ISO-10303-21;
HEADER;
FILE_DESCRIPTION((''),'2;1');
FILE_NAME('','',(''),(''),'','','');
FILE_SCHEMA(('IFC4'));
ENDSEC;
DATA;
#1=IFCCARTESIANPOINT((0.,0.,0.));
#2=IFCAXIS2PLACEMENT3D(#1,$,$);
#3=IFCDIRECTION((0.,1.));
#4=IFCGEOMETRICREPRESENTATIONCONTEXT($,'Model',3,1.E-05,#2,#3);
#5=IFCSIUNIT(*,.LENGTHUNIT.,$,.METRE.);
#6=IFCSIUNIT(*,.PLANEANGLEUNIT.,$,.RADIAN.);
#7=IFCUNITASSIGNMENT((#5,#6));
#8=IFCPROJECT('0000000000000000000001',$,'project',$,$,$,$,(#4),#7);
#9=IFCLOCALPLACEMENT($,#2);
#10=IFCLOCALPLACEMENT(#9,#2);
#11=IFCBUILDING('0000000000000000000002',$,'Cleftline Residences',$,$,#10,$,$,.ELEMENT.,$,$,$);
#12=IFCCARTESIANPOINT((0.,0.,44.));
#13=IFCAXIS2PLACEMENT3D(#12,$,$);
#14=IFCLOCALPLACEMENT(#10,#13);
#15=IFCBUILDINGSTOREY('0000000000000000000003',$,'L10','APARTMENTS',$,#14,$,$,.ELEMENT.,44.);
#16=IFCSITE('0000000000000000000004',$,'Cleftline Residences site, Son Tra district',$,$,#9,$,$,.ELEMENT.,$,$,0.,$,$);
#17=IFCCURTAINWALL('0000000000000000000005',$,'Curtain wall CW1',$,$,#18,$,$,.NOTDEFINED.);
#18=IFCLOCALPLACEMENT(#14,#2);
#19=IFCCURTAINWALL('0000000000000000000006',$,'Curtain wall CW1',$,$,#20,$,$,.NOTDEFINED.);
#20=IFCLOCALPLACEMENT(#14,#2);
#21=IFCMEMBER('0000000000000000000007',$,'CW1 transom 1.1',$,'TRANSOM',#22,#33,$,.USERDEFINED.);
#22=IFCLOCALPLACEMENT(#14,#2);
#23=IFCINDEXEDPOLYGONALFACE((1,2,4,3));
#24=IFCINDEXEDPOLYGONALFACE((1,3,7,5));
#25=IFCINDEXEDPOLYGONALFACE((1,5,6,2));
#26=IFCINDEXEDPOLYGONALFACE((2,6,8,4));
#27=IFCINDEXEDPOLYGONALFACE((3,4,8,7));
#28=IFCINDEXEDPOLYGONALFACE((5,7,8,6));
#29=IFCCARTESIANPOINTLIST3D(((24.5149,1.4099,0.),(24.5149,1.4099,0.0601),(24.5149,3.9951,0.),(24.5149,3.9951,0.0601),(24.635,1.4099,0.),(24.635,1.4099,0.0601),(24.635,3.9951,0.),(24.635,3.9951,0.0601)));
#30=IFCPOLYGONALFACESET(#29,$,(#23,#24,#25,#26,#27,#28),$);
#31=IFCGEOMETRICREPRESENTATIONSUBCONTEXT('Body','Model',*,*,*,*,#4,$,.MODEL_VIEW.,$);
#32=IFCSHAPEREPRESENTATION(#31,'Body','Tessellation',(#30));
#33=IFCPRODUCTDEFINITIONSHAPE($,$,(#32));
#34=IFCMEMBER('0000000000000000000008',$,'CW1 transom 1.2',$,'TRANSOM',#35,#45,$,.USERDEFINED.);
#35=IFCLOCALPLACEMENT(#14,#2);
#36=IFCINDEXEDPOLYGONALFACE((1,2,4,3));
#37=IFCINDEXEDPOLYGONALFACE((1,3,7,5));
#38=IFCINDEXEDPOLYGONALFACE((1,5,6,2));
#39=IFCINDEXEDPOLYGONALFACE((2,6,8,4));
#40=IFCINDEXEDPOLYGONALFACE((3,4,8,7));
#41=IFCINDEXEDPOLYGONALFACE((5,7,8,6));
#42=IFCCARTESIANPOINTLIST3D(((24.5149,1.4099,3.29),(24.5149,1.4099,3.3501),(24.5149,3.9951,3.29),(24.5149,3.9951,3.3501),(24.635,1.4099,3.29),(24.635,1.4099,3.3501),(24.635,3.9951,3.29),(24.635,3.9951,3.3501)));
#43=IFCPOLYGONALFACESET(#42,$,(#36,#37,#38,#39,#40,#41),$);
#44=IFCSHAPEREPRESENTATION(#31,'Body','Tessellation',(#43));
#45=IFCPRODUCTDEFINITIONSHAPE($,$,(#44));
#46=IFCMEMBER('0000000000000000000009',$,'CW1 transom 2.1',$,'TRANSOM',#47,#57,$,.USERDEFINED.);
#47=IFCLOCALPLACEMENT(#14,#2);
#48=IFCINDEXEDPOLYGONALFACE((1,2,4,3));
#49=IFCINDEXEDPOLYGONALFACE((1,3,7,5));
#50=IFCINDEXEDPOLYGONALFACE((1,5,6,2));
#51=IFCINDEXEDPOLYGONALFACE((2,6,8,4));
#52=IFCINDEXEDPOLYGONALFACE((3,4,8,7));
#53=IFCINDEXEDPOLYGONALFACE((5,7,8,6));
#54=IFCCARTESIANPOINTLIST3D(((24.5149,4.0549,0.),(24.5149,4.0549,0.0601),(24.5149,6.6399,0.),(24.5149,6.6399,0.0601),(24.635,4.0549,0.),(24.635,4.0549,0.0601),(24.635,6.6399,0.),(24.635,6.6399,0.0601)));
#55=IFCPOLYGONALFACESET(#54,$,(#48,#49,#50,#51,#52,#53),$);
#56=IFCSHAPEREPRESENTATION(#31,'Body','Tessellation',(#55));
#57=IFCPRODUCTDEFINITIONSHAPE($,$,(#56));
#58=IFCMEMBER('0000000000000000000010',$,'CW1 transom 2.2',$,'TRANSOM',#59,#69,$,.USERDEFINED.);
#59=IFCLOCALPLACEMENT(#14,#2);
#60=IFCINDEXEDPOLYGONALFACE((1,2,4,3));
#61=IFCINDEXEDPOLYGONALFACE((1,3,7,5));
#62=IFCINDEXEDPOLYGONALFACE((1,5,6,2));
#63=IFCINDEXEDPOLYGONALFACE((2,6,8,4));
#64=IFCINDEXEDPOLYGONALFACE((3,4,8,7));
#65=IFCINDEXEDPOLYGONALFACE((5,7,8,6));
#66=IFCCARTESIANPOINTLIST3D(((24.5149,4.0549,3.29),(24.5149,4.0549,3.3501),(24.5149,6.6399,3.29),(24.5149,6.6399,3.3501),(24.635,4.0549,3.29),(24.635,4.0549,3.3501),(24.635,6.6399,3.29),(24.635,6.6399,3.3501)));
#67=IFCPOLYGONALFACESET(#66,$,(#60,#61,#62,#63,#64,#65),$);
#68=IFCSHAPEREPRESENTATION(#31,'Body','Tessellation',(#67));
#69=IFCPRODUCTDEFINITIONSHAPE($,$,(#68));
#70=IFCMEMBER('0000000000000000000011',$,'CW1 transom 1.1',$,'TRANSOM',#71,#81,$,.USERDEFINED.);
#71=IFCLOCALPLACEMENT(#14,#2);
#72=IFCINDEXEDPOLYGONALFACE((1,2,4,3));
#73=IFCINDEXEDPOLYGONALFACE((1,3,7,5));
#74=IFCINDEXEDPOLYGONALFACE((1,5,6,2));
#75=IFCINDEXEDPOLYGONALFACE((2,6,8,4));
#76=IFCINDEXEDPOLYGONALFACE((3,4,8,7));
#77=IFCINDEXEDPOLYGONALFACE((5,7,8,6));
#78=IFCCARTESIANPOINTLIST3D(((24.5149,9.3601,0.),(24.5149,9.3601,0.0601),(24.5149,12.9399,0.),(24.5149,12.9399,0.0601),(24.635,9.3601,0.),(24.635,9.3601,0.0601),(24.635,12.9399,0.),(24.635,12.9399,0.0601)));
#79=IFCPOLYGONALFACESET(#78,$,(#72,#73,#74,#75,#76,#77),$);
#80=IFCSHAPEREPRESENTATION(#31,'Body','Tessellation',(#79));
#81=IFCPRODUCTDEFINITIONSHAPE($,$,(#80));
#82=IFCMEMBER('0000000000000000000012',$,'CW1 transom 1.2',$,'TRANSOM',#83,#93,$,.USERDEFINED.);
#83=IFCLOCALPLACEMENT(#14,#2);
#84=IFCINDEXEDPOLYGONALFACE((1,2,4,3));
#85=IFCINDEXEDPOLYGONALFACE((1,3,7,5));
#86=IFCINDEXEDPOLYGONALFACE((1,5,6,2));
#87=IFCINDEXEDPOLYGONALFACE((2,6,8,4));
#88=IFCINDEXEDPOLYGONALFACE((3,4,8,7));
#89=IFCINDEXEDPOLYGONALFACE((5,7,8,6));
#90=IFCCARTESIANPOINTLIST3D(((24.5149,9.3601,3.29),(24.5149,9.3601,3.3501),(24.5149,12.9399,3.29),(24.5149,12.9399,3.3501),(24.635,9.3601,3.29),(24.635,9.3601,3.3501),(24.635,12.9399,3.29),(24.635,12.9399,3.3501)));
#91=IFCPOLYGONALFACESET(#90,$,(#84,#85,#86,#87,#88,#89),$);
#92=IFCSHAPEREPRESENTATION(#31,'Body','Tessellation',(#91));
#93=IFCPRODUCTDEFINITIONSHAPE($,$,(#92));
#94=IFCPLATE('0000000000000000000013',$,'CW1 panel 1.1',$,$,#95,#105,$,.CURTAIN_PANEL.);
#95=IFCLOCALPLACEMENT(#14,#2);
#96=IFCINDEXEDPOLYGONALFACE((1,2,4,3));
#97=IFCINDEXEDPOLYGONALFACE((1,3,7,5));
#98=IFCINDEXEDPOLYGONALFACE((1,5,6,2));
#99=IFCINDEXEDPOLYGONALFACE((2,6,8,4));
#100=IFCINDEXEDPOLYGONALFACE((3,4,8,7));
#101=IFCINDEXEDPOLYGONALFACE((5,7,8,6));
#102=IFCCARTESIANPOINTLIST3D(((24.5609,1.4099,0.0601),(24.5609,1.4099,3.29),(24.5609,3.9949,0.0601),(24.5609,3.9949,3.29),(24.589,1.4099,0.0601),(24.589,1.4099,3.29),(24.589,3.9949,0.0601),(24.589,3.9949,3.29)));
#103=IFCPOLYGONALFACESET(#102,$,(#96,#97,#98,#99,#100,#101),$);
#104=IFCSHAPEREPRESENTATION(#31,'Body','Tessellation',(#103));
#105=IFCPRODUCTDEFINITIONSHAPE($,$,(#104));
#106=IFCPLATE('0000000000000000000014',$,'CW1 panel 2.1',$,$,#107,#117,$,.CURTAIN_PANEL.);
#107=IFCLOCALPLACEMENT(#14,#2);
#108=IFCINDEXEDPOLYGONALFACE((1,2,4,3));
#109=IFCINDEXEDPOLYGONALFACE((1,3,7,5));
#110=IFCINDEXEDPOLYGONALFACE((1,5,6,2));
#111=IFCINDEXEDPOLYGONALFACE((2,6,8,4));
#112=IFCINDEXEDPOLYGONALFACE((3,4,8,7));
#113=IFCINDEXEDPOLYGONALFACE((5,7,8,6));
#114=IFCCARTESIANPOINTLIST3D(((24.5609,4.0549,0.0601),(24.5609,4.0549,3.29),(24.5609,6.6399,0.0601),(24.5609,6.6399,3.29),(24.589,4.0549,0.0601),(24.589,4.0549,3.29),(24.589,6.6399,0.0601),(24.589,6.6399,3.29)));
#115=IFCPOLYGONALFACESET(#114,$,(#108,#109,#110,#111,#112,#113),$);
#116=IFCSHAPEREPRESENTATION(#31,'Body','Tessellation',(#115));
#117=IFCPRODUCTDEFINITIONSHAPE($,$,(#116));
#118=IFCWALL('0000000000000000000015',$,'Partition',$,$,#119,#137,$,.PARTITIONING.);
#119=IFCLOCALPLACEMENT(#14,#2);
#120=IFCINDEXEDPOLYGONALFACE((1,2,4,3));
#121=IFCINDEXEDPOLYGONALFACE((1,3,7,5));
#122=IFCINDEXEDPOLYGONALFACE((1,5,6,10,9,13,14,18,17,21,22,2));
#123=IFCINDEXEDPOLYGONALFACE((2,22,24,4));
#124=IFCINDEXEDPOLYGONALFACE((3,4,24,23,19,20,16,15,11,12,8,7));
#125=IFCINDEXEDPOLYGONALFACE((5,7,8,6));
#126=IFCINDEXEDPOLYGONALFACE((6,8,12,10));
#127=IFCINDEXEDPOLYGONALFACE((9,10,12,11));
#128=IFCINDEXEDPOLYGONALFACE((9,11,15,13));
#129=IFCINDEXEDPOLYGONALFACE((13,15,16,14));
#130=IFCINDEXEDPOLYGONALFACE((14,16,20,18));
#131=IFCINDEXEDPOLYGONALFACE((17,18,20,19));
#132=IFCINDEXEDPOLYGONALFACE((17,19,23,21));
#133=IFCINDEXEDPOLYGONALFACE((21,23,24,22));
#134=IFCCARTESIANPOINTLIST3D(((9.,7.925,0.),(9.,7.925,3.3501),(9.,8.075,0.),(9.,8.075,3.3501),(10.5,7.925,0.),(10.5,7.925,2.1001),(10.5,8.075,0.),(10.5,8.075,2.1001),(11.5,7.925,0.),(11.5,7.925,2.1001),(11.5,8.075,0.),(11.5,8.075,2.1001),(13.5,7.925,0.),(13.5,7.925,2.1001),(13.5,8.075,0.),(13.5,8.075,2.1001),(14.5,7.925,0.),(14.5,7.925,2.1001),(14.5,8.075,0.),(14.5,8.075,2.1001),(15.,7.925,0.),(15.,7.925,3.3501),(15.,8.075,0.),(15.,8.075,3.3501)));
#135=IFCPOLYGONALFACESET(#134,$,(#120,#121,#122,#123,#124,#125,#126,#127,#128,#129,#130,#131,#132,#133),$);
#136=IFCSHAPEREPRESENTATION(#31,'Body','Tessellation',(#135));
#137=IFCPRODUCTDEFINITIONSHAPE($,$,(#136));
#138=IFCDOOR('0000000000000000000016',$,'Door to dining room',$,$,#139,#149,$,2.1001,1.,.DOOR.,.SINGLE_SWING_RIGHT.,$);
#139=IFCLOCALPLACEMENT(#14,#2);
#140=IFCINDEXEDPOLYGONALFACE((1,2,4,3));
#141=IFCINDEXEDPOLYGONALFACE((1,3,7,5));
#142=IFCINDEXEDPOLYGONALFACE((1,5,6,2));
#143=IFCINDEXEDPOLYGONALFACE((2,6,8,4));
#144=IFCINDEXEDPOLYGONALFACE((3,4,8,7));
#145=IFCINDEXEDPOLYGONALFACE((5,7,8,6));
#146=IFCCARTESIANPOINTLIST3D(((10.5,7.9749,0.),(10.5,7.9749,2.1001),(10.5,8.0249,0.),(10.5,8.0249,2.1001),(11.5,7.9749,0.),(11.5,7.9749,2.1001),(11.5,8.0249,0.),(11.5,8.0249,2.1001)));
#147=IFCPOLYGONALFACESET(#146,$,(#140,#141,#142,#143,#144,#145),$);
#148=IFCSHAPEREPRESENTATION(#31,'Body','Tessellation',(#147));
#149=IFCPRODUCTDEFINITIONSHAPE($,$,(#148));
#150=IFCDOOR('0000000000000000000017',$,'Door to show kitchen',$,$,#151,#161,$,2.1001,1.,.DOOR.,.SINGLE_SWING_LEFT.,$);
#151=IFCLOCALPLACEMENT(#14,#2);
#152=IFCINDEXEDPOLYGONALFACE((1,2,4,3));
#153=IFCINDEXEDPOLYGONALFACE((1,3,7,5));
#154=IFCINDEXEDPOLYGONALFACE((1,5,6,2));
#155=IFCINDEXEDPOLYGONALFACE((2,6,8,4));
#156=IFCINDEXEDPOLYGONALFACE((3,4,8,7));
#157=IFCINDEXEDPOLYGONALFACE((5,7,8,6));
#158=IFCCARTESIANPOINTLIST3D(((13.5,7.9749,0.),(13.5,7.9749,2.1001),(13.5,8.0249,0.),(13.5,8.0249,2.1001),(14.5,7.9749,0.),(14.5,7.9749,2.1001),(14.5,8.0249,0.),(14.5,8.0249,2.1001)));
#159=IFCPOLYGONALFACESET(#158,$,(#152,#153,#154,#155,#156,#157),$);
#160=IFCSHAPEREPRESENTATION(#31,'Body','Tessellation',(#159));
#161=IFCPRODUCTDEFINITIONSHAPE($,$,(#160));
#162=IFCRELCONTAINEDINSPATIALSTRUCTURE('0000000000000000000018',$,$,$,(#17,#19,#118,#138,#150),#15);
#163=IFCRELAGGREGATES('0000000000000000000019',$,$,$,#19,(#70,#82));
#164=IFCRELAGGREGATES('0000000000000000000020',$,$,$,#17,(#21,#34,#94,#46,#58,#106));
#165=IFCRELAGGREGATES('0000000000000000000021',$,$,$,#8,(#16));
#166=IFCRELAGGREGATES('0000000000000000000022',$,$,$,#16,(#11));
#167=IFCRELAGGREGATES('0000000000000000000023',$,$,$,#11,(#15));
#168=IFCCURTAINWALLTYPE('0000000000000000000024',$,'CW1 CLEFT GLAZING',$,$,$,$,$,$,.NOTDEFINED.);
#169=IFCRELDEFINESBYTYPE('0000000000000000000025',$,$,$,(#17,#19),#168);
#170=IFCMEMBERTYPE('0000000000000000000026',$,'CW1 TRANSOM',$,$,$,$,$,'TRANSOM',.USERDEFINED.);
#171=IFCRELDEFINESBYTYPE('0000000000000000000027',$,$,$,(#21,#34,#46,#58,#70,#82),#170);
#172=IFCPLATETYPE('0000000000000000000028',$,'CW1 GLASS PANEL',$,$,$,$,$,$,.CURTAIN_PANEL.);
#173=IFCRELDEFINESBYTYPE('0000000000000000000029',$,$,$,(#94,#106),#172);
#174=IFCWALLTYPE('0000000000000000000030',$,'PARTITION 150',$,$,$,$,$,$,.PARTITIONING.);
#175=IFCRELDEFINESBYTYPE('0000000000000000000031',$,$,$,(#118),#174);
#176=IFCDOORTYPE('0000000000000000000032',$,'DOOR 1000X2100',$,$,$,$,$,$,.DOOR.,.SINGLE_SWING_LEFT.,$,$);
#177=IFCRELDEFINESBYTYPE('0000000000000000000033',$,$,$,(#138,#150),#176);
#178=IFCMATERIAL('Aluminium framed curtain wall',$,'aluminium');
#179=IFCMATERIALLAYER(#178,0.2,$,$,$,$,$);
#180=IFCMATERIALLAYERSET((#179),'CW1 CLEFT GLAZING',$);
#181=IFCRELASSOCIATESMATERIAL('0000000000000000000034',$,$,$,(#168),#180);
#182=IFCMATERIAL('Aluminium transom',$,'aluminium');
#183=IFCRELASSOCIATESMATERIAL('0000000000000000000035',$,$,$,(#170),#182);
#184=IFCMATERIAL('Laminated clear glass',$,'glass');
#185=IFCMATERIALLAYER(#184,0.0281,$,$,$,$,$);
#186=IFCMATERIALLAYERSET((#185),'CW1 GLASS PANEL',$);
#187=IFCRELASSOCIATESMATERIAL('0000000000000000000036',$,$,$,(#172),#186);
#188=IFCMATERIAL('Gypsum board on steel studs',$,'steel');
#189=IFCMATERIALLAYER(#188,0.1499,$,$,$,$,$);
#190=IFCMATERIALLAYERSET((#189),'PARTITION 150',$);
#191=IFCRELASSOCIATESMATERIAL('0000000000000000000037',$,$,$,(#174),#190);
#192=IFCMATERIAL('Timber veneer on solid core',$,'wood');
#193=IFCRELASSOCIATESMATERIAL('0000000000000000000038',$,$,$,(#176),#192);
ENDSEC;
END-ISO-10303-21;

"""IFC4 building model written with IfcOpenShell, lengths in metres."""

from ifc_helpers import new_model, si_unit, direction, frame, frame_2d, origin, origin_2d, place, context, subcontext, project, spatial, rectangle, extrude, material, layer, layer_set, material_profile, profile_set, type_object, element, fill, aggregate, save


model = new_model("IFC4")

# Units and contexts
model_context = context("Model", 3, precision=1e-05, world=origin(), true_north=direction((0.0, 1.0)))
body_context = subcontext(model_context, "Body", "Model", "MODEL_VIEW")
ifc_project = project(units=[si_unit("LENGTHUNIT", "METRE"), si_unit("PLANEANGLEUNIT", "RADIAN")], contexts=[model_context])

# Site, building, storey
site_placement = place(None, origin())
site = spatial("IfcSite", under=ifc_project, at=site_placement, Name="Cleftline Residences site, Son Tra district", CompositionType="ELEMENT", RefElevation=0.0)
building_placement = place(site_placement, origin())
building = spatial("IfcBuilding", under=site, at=building_placement, Name="Cleftline Residences", CompositionType="ELEMENT")
storey_placement = place(building_placement, frame((0.0, 0.0, 44.0)))
storey = spatial("IfcBuildingStorey", under=building, at=storey_placement, Name="L10", Description="APARTMENTS", CompositionType="ELEMENT", Elevation=44.0)

# Curtain wall
ifc_material_1 = material(Name="Aluminium framed curtain wall", Category="aluminium")
ifc_layer_1 = layer(ifc_material_1, 0.2)
ifc_layer_set_1 = layer_set([ifc_layer_1], Name="CW1 CLEFT GLAZING")
curtain_wall_type = type_object("IfcCurtainWallType", Name="CW1 CLEFT GLAZING", PredefinedType="NOTDEFINED", material=ifc_layer_set_1)
curtain_wall_1_placement = place(storey_placement, origin())
curtain_wall_1 = element("IfcCurtainWall", 1, at=curtain_wall_1_placement, inside=storey, type_object=curtain_wall_type, Name="Curtain wall CW1", PredefinedType="NOTDEFINED")

# Curtain wall
curtain_wall_2_placement = place(storey_placement, origin())
curtain_wall_2 = element("IfcCurtainWall", 2, at=curtain_wall_2_placement, inside=storey, type_object=curtain_wall_type, Name="Curtain wall CW1", PredefinedType="NOTDEFINED")

# Members
ifc_material_2 = material(Name="Aluminium transom", Category="aluminium")
ifc_material_profile_1 = material_profile(ifc_material_2, rectangle(XDim=0.1201, YDim=0.0601, at=origin_2d()))
ifc_profile_set_1 = profile_set([ifc_material_profile_1], Name="Aluminium transom")
member_type_1 = type_object("IfcMemberType", Name="CW1 TRANSOM", ElementType="TRANSOM", PredefinedType="USERDEFINED", material=ifc_profile_set_1)
member_1_placement = place(storey_placement, frame((24.575, 1.4099, 0.03), z_axis=(0.0, 1.0, 0.0), x_axis=(-1.0, 0.0, 0.0)))
member_1 = element("IfcMember", 3, at=member_1_placement, type_object=member_type_1, Name="CW1 transom 1.1", ObjectType="TRANSOM", PredefinedType="USERDEFINED", context=body_context, shape_type="SweptSolid", body=[
    extrude(rectangle(XDim=0.1201, YDim=0.0601, at=origin_2d()), origin(), (0.0, 0.0, 1.0), 2.5852),
])
member_2_placement = place(storey_placement, frame((24.575, 1.4099, 3.3201), z_axis=(0.0, 1.0, 0.0), x_axis=(-1.0, 0.0, 0.0)))
member_2 = element("IfcMember", 4, at=member_2_placement, type_object=member_type_1, Name="CW1 transom 1.2", ObjectType="TRANSOM", PredefinedType="USERDEFINED", context=body_context, shape_type="SweptSolid", body=[
    extrude(rectangle(XDim=0.1201, YDim=0.0601, at=origin_2d()), origin(), (0.0, 0.0, 1.0), 2.5852),
])
member_3_placement = place(storey_placement, frame((24.575, 4.0549, 0.03), z_axis=(0.0, 1.0, 0.0), x_axis=(-1.0, 0.0, 0.0)))
member_3 = element("IfcMember", 5, at=member_3_placement, type_object=member_type_1, Name="CW1 transom 2.1", ObjectType="TRANSOM", PredefinedType="USERDEFINED", context=body_context, shape_type="SweptSolid", body=[
    extrude(rectangle(XDim=0.1201, YDim=0.0601, at=origin_2d()), origin(), (0.0, 0.0, 1.0), 2.585),
])
member_4_placement = place(storey_placement, frame((24.575, 4.0549, 3.3201), z_axis=(0.0, 1.0, 0.0), x_axis=(-1.0, 0.0, 0.0)))
member_4 = element("IfcMember", 6, at=member_4_placement, type_object=member_type_1, Name="CW1 transom 2.2", ObjectType="TRANSOM", PredefinedType="USERDEFINED", context=body_context, shape_type="SweptSolid", body=[
    extrude(rectangle(XDim=0.1201, YDim=0.0601, at=origin_2d()), origin(), (0.0, 0.0, 1.0), 2.585),
])
member_5_placement = place(storey_placement, frame((24.575, 9.3601, 0.03), z_axis=(0.0, 1.0, 0.0), x_axis=(-1.0, 0.0, 0.0)))
member_5 = element("IfcMember", 7, at=member_5_placement, type_object=member_type_1, Name="CW1 transom 1.1", ObjectType="TRANSOM", PredefinedType="USERDEFINED", context=body_context, shape_type="SweptSolid", body=[
    extrude(rectangle(XDim=0.1201, YDim=0.0601, at=origin_2d()), origin(), (0.0, 0.0, 1.0), 3.5798),
])
member_6_placement = place(storey_placement, frame((24.575, 9.3601, 3.3201), z_axis=(0.0, 1.0, 0.0), x_axis=(-1.0, 0.0, 0.0)))
member_6 = element("IfcMember", 8, at=member_6_placement, type_object=member_type_1, Name="CW1 transom 1.2", ObjectType="TRANSOM", PredefinedType="USERDEFINED", context=body_context, shape_type="SweptSolid", body=[
    extrude(rectangle(XDim=0.1201, YDim=0.0601, at=origin_2d()), origin(), (0.0, 0.0, 1.0), 3.5798),
])
aggregate(curtain_wall_2, [member_5, member_6])

# Plates
ifc_material_3 = material(Name="Laminated clear glass", Category="glass")
ifc_layer_2 = layer(ifc_material_3, 0.0281)
ifc_layer_set_2 = layer_set([ifc_layer_2], Name="CW1 GLASS PANEL")
plate_type = type_object("IfcPlateType", Name="CW1 GLASS PANEL", PredefinedType="CURTAIN_PANEL", material=ifc_layer_set_2)
plate_1_placement = place(storey_placement, frame((24.575, 2.7024, 0.0601), z_axis=(0.0, 0.0, 1.0), x_axis=(0.0, 1.0, 0.0)))
plate_1 = element("IfcPlate", 9, at=plate_1_placement, type_object=plate_type, Name="CW1 panel 1.1", PredefinedType="CURTAIN_PANEL", context=body_context, shape_type="SweptSolid", body=[
    extrude(rectangle(XDim=2.585, YDim=0.0281, at=origin_2d()), origin(), (0.0, 0.0, 1.0), 3.23),
])
plate_2_placement = place(storey_placement, frame((24.575, 5.3474, 0.0601), z_axis=(0.0, 0.0, 1.0), x_axis=(0.0, 1.0, 0.0)))
plate_2 = element("IfcPlate", 10, at=plate_2_placement, type_object=plate_type, Name="CW1 panel 2.1", PredefinedType="CURTAIN_PANEL", context=body_context, shape_type="SweptSolid", body=[
    extrude(rectangle(XDim=2.585, YDim=0.0281, at=origin_2d()), origin(), (0.0, 0.0, 1.0), 3.23),
])
aggregate(curtain_wall_1, [member_1, member_2, plate_1, member_3, member_4, plate_2])

# Wall, openings, doors
ifc_material_4 = material(Name="Gypsum board on steel studs", Category="steel")
ifc_layer_3 = layer(ifc_material_4, 0.1499)
ifc_layer_set_3 = layer_set([ifc_layer_3], Name="PARTITION 150")
wall_type = type_object("IfcWallType", Name="PARTITION 150", PredefinedType="PARTITIONING", material=ifc_layer_set_3)
wall_1_placement = place(storey_placement, frame((9.0, 8.0, 0.0), z_axis=(0.0, 0.0, 1.0), x_axis=(1.0, 0.0, 0.0)))
wall_1 = element("IfcWall", 11, at=wall_1_placement, inside=storey, type_object=wall_type, Name="Partition", PredefinedType="PARTITIONING", context=body_context, shape_type="SweptSolid", body=[
    extrude(rectangle(XDim=6.0, YDim=0.1499, at=frame_2d((3.0, 0.0))), origin(), (0.0, 0.0, 1.0), 3.3501),
])
opening_1_placement = place(wall_1_placement, frame((1.5, 0.0, 0.0)))
opening_1 = element("IfcOpeningElement", 12, at=opening_1_placement, cuts=wall_1, PredefinedType="OPENING", context=body_context, shape_type="SweptSolid", body=[
    extrude(rectangle(XDim=1.0, YDim=2.1001, at=frame_2d((0.5, 1.05))), frame((0.0, 0.085, 0.0), z_axis=(0.0, -1.0, 0.0), x_axis=(1.0, 0.0, 0.0)), (0.0, 0.0, 1.0), 0.1699),
])
opening_2_placement = place(wall_1_placement, frame((4.5, 0.0, 0.0)))
opening_2 = element("IfcOpeningElement", 13, at=opening_2_placement, cuts=wall_1, PredefinedType="OPENING", context=body_context, shape_type="SweptSolid", body=[
    extrude(rectangle(XDim=1.0, YDim=2.1001, at=frame_2d((0.5, 1.05))), frame((0.0, 0.085, 0.0), z_axis=(0.0, -1.0, 0.0), x_axis=(1.0, 0.0, 0.0)), (0.0, 0.0, 1.0), 0.1699),
])
ifc_material_5 = material(Name="Timber veneer on solid core", Category="wood")
door_type_1 = type_object("IfcDoorType", Name="DOOR 1000X2100", OperationType="SINGLE_SWING_LEFT", PredefinedType="DOOR", material=ifc_material_5)
door_1_placement = place(opening_1_placement, origin())
door_1 = element("IfcDoor", 14, at=door_1_placement, inside=storey, type_object=door_type_1, Name="Door to dining room", OperationType="SINGLE_SWING_RIGHT", OverallHeight=2.1001, OverallWidth=1.0, PredefinedType="DOOR", context=body_context, shape_type="SweptSolid", body=[
    extrude(rectangle(XDim=1.0, YDim=2.1001, at=frame_2d((0.5, 1.05))), frame((0.0, 0.0249, 0.0), z_axis=(0.0, -1.0, 0.0), x_axis=(1.0, 0.0, 0.0)), (0.0, 0.0, 1.0), 0.05),
])
fill(opening_1, door_1)
door_2_placement = place(opening_2_placement, origin())
door_2 = element("IfcDoor", 15, at=door_2_placement, inside=storey, type_object=door_type_1, Name="Door to show kitchen", OperationType="SINGLE_SWING_LEFT", OverallHeight=2.1001, OverallWidth=1.0, PredefinedType="DOOR", context=body_context, shape_type="SweptSolid", body=[
    extrude(rectangle(XDim=1.0, YDim=2.1001, at=frame_2d((0.5, 1.05))), frame((0.0, 0.0249, 0.0), z_axis=(0.0, -1.0, 0.0), x_axis=(1.0, 0.0, 0.0)), (0.0, 0.0, 1.0), 0.05),
])
fill(opening_2, door_2)

save(model, "model.ifc")
